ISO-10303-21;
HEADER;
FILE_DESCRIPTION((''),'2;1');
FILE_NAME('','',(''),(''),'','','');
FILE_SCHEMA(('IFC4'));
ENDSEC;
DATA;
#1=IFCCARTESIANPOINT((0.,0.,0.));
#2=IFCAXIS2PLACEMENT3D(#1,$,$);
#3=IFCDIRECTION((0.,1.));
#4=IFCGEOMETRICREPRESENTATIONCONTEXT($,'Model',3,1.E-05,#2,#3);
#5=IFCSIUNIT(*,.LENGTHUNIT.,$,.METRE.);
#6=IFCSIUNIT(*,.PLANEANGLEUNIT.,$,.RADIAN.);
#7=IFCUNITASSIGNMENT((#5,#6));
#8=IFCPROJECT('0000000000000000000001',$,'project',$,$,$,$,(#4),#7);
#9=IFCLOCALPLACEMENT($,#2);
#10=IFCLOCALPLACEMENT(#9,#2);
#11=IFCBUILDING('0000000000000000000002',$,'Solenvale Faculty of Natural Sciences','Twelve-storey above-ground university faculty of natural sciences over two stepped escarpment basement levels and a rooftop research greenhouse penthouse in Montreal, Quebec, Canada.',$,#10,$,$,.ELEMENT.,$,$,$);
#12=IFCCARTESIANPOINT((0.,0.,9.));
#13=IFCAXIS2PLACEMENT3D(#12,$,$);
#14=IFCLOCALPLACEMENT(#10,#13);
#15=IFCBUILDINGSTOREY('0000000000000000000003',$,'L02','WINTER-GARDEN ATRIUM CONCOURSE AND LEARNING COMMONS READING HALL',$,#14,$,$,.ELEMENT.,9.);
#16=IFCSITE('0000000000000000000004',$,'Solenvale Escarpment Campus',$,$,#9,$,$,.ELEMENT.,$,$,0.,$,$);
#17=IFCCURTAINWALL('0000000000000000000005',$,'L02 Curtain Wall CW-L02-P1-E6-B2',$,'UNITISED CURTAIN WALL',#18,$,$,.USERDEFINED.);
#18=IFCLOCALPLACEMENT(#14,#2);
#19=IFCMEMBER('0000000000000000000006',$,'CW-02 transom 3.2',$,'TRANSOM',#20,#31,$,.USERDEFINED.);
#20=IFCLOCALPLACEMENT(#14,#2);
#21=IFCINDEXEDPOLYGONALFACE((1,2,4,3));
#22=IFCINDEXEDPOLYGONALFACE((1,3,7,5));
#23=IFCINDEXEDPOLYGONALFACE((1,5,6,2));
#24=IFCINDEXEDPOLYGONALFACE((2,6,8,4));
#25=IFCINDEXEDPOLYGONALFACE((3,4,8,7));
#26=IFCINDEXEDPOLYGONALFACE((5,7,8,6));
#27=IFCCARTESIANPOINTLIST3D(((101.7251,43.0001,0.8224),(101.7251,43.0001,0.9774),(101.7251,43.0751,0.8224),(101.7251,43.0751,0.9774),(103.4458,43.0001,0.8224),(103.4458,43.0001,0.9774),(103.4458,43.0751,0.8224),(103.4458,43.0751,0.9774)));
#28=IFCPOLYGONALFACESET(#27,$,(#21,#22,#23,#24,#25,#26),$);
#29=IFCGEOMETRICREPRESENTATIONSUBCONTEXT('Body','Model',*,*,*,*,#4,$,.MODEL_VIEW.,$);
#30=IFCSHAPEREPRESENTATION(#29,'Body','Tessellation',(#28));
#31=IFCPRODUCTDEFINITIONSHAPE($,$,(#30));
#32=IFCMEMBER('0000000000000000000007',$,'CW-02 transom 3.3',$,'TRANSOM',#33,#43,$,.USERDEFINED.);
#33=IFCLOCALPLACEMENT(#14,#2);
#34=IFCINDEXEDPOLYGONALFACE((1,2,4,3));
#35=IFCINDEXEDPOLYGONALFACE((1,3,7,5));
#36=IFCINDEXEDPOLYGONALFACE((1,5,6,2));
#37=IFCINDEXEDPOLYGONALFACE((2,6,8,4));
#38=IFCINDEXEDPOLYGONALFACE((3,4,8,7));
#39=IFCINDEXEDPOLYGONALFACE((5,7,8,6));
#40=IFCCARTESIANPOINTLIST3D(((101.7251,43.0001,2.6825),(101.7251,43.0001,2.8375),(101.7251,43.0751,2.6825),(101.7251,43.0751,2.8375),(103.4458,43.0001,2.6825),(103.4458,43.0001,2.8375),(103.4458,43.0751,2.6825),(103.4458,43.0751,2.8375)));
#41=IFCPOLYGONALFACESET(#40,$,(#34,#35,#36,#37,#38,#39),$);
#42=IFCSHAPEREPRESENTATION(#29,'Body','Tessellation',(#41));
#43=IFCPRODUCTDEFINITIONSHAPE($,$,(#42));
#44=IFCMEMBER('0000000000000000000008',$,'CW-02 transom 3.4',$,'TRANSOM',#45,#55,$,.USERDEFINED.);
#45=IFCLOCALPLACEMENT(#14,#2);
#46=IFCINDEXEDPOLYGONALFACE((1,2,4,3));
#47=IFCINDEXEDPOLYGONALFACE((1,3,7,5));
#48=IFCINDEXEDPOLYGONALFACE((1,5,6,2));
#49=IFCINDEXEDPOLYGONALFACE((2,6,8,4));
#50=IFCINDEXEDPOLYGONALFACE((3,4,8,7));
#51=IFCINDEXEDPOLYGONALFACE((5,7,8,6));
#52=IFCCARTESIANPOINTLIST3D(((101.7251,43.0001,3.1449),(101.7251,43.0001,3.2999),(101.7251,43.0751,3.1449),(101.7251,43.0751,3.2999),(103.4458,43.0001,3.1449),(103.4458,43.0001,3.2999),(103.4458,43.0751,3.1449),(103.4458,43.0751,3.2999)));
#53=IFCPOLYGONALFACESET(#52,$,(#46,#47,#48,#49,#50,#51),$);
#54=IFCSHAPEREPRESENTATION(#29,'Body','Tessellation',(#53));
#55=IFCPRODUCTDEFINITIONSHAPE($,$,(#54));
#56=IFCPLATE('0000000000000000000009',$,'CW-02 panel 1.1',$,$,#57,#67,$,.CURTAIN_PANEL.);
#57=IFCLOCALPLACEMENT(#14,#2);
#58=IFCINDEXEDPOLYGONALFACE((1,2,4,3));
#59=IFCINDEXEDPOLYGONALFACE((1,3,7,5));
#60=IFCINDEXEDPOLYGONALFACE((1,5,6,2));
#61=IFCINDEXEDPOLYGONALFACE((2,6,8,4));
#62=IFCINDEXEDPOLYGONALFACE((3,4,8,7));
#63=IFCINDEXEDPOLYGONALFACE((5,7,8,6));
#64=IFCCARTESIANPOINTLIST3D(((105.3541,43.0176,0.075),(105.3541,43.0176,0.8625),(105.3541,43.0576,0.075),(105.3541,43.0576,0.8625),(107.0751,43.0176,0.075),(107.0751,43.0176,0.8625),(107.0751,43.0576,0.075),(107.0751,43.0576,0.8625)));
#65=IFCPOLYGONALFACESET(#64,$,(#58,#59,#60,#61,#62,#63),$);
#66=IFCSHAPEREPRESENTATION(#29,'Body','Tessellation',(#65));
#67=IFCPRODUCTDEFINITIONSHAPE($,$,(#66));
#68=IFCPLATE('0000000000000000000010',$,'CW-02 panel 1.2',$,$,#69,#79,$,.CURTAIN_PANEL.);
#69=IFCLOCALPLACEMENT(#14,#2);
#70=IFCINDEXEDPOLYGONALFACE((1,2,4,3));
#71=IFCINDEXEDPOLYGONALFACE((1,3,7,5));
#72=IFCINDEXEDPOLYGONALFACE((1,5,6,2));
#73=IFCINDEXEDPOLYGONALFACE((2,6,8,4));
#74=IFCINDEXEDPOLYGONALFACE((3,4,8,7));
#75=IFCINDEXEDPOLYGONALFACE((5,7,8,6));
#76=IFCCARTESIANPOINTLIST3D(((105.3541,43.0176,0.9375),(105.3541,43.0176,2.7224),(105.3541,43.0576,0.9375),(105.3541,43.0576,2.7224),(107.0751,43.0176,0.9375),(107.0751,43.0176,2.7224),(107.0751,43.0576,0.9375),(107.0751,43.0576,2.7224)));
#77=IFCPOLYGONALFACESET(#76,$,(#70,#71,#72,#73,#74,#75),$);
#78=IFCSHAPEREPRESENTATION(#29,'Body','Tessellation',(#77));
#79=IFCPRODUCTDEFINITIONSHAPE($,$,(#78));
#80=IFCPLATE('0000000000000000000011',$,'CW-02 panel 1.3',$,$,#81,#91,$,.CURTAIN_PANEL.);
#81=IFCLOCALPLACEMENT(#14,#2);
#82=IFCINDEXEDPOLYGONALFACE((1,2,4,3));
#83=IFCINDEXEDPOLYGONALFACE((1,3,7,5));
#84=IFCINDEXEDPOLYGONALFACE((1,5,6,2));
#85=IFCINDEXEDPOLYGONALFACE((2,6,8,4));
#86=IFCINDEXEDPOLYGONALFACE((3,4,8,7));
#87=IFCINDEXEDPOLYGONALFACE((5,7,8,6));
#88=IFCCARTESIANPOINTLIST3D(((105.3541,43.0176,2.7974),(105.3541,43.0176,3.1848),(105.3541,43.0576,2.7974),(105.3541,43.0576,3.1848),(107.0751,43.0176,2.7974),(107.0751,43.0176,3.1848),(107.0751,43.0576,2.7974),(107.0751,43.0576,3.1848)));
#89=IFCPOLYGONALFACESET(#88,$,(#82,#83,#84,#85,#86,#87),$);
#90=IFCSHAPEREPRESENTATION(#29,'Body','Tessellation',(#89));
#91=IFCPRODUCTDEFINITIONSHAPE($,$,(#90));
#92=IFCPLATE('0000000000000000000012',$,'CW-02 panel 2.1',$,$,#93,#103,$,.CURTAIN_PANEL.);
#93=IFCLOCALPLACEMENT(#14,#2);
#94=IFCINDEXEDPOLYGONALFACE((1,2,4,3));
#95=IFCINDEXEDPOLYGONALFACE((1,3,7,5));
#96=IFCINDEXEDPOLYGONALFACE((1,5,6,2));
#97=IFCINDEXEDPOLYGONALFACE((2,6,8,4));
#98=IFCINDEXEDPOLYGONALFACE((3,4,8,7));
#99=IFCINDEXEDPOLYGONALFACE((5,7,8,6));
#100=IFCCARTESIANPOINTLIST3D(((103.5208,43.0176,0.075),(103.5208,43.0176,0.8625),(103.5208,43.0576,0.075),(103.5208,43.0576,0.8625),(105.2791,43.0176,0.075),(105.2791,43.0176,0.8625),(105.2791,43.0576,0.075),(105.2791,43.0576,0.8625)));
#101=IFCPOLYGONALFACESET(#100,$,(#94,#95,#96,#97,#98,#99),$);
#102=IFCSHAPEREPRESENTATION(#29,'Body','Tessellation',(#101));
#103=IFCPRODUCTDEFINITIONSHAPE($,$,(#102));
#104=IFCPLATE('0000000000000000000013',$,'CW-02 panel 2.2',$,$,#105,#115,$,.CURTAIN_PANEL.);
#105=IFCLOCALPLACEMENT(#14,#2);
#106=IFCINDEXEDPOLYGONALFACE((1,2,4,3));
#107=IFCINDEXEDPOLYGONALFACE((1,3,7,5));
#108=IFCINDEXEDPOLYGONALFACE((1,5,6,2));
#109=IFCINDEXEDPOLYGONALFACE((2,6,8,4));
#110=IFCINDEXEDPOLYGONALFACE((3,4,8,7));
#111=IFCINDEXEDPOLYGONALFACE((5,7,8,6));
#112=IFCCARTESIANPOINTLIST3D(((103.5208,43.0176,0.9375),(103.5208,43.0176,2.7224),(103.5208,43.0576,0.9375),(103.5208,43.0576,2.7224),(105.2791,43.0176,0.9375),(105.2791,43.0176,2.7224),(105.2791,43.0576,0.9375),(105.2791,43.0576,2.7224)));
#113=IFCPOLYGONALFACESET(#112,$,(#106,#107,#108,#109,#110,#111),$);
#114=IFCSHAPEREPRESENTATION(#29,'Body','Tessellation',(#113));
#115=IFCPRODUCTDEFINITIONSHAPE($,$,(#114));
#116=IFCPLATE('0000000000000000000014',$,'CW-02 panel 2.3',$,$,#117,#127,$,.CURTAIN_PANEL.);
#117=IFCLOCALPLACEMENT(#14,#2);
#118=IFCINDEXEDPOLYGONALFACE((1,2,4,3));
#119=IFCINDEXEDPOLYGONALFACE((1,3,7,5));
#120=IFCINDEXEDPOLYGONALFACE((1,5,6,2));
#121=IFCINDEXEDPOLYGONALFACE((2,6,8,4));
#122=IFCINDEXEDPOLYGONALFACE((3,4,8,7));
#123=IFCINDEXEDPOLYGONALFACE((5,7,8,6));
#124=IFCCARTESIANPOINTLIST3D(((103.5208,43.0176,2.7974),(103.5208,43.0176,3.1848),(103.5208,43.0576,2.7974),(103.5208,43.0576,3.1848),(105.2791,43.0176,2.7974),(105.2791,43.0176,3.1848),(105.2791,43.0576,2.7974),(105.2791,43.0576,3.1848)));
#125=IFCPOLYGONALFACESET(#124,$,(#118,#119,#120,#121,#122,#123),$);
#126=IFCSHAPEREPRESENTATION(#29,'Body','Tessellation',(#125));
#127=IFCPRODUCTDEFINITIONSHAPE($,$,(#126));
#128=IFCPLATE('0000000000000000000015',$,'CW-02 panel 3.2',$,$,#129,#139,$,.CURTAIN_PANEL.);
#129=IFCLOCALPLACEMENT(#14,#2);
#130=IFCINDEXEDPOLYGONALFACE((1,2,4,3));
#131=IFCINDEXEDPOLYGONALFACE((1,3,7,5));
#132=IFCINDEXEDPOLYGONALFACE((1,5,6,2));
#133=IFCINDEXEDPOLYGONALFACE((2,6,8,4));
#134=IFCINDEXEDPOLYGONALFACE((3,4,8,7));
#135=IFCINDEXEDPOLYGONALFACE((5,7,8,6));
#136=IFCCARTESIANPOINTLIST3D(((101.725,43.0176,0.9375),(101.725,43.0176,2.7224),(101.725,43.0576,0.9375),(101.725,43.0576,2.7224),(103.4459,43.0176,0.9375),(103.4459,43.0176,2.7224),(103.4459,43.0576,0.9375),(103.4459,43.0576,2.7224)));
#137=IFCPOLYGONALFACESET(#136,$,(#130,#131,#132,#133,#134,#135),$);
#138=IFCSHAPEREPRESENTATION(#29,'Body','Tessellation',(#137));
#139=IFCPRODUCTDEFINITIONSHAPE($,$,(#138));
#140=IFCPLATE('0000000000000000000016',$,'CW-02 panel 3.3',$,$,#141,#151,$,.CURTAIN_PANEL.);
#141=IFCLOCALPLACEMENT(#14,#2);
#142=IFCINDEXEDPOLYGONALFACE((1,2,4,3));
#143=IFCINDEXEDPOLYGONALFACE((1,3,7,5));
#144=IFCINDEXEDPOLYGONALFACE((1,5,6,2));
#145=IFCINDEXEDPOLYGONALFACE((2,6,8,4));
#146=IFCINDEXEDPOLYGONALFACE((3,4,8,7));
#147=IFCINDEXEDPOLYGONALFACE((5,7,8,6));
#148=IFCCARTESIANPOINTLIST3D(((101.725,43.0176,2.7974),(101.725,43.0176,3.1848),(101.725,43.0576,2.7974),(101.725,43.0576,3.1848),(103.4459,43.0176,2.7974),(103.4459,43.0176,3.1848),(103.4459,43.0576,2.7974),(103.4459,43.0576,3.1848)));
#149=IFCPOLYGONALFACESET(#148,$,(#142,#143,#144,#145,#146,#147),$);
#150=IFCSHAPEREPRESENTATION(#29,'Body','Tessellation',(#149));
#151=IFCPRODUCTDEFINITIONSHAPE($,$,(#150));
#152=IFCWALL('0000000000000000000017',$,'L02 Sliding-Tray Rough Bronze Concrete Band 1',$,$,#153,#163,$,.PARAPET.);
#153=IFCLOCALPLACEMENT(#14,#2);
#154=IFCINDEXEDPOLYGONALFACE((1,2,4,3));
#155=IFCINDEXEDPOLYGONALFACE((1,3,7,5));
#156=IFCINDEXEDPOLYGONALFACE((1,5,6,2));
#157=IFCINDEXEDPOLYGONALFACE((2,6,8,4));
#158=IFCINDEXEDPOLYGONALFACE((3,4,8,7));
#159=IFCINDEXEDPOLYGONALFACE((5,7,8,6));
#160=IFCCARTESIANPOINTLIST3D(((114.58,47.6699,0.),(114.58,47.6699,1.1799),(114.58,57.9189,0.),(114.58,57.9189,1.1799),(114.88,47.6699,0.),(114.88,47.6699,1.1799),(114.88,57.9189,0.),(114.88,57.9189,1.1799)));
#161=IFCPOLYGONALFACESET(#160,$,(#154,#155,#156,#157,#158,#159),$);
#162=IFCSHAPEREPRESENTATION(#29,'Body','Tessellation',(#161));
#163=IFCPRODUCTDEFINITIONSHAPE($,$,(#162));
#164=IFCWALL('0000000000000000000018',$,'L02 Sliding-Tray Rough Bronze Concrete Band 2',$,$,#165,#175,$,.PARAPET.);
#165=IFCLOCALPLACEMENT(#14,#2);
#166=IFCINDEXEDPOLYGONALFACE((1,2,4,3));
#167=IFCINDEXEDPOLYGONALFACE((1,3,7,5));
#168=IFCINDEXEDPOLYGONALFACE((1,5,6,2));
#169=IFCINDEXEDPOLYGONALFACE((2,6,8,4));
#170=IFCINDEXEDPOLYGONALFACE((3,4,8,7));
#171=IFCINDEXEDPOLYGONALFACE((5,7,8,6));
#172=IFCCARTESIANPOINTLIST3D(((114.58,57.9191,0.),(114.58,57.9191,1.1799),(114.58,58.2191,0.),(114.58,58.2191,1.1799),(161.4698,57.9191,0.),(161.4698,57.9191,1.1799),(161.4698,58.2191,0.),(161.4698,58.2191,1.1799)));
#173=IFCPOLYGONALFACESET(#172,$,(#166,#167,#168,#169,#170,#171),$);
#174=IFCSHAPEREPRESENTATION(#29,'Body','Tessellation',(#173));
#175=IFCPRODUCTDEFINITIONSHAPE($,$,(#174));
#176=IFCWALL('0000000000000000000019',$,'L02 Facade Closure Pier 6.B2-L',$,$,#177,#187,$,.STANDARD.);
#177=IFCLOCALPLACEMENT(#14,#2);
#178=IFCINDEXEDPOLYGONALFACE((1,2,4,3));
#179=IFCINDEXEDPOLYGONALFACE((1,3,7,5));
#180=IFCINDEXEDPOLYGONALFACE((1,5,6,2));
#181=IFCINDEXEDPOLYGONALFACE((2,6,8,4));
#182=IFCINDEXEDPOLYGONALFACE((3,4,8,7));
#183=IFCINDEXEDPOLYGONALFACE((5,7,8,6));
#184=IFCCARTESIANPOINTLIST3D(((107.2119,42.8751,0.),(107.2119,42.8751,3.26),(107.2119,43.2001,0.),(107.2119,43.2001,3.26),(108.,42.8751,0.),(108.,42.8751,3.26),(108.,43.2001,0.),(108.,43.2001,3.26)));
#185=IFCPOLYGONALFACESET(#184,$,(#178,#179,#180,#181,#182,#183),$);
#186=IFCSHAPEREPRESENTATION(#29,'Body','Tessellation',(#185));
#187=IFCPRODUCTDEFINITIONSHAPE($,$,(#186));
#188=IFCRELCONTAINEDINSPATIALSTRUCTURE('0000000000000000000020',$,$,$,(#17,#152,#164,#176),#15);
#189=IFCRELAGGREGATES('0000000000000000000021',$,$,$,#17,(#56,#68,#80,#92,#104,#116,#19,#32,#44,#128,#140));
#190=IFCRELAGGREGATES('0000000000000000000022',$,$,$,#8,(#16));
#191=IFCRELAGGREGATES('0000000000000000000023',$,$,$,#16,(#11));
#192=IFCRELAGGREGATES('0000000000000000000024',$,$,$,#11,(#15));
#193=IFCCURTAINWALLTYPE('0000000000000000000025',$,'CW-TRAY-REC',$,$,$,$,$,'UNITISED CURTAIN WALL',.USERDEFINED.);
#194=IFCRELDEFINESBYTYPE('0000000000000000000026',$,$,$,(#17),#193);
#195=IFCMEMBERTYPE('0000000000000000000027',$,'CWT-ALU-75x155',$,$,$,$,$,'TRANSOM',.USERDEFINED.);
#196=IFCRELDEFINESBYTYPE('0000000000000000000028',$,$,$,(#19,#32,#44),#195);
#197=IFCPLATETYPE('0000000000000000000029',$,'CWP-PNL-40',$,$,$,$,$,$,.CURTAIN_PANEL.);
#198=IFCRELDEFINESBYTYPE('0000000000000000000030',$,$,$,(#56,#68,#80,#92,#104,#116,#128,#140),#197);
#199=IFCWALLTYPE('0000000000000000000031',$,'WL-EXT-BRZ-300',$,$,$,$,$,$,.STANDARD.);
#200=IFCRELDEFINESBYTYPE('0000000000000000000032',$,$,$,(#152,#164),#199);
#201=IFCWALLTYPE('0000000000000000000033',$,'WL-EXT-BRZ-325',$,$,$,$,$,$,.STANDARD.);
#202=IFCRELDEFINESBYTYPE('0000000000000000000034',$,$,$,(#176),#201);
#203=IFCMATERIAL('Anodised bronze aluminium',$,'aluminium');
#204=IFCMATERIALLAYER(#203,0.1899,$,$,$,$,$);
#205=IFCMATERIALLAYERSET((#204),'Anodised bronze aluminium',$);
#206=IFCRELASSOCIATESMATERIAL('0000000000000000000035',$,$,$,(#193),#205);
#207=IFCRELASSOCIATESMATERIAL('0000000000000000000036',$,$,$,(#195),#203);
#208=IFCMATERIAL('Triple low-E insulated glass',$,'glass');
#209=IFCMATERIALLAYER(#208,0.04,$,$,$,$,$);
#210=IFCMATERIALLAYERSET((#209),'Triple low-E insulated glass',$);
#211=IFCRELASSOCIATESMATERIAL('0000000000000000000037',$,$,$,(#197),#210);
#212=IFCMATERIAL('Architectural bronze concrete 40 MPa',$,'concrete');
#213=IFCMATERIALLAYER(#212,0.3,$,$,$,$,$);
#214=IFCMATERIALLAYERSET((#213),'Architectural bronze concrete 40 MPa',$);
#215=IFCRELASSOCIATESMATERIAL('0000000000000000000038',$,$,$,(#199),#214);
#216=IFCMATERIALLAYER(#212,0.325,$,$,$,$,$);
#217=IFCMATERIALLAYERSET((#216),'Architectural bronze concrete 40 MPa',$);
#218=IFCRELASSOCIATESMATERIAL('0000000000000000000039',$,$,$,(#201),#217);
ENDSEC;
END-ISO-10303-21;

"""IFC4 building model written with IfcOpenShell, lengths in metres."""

from ifc_helpers import new_model, si_unit, direction, frame, frame_2d, origin, origin_2d, place, context, subcontext, project, spatial, rectangle, extrude, material, layer, layer_set, material_profile, profile_set, type_object, element, aggregate, save


model = new_model("IFC4")

# Units and contexts
model_context = context("Model", 3, precision=1e-05, world=origin(), true_north=direction((0.0, 1.0)))
body_context = subcontext(model_context, "Body", "Model", "MODEL_VIEW")
ifc_project = project(units=[si_unit("LENGTHUNIT", "METRE"), si_unit("PLANEANGLEUNIT", "RADIAN")], contexts=[model_context])

# Site, building, storey
site_placement = place(None, origin())
site = spatial("IfcSite", under=ifc_project, at=site_placement, Name="Solenvale Escarpment Campus", CompositionType="ELEMENT", RefElevation=0.0)
building_placement = place(site_placement, origin())
building = spatial("IfcBuilding", under=site, at=building_placement, Name="Solenvale Faculty of Natural Sciences", Description="Twelve-storey above-ground university faculty of natural sciences over two stepped escarpment basement levels and a rooftop research greenhouse penthouse in Montreal, Quebec, Canada.", CompositionType="ELEMENT")
storey_placement = place(building_placement, frame((0.0, 0.0, 9.0)))
storey = spatial("IfcBuildingStorey", under=building, at=storey_placement, Name="L02", Description="WINTER-GARDEN ATRIUM CONCOURSE AND LEARNING COMMONS READING HALL", CompositionType="ELEMENT", Elevation=9.0)

# Curtain wall, members, plates
ifc_material_1 = material(Name="Anodised bronze aluminium", Category="aluminium")
ifc_layer_1 = layer(ifc_material_1, 0.1899)
ifc_layer_set_1 = layer_set([ifc_layer_1], Name="Anodised bronze aluminium")
curtain_wall_type = type_object("IfcCurtainWallType", Name="CW-TRAY-REC", ElementType="UNITISED CURTAIN WALL", PredefinedType="USERDEFINED", material=ifc_layer_set_1)
curtain_wall_placement = place(storey_placement, origin())
curtain_wall = element("IfcCurtainWall", 1, at=curtain_wall_placement, inside=storey, type_object=curtain_wall_type, Name="L02 Curtain Wall CW-L02-P1-E6-B2", ObjectType="UNITISED CURTAIN WALL", PredefinedType="USERDEFINED")
ifc_material_profile_1 = material_profile(ifc_material_1, rectangle(XDim=0.075, YDim=0.155, at=origin_2d()), Name="ALU-TRN-75x155")
ifc_profile_set_1 = profile_set([ifc_material_profile_1], Name="Anodised bronze aluminium")
member_type_1 = type_object("IfcMemberType", Name="CWT-ALU-75x155", ElementType="TRANSOM", PredefinedType="USERDEFINED", material=ifc_profile_set_1)
member_1_placement = place(storey_placement, frame((103.4458, 43.0376, 0.8999), z_axis=(-1.0, 0.0, 0.0), x_axis=(0.0, -1.0, 0.0)))
member_1 = element("IfcMember", 2, at=member_1_placement, type_object=member_type_1, Name="CW-02 transom 3.2", ObjectType="TRANSOM", PredefinedType="USERDEFINED", context=body_context, shape_type="SweptSolid", body=[
    extrude(rectangle(XDim=0.075, YDim=0.155, at=origin_2d()), origin(), (0.0, 0.0, 1.0), 1.7207),
])
member_2_placement = place(storey_placement, frame((103.4458, 43.0376, 2.76), z_axis=(-1.0, 0.0, 0.0), x_axis=(0.0, -1.0, 0.0)))
member_2 = element("IfcMember", 3, at=member_2_placement, type_object=member_type_1, Name="CW-02 transom 3.3", ObjectType="TRANSOM", PredefinedType="USERDEFINED", context=body_context, shape_type="SweptSolid", body=[
    extrude(rectangle(XDim=0.075, YDim=0.155, at=origin_2d()), origin(), (0.0, 0.0, 1.0), 1.7207),
])
member_3_placement = place(storey_placement, frame((103.4458, 43.0376, 3.2224), z_axis=(-1.0, 0.0, 0.0), x_axis=(0.0, -1.0, 0.0)))
member_3 = element("IfcMember", 4, at=member_3_placement, type_object=member_type_1, Name="CW-02 transom 3.4", ObjectType="TRANSOM", PredefinedType="USERDEFINED", context=body_context, shape_type="SweptSolid", body=[
    extrude(rectangle(XDim=0.075, YDim=0.155, at=origin_2d()), origin(), (0.0, 0.0, 1.0), 1.7207),
])
ifc_material_2 = material(Name="Triple low-E insulated glass", Category="glass")
ifc_layer_2 = layer(ifc_material_2, 0.04)
ifc_layer_set_2 = layer_set([ifc_layer_2], Name="Triple low-E insulated glass")
plate_type = type_object("IfcPlateType", Name="CWP-PNL-40", PredefinedType="CURTAIN_PANEL", material=ifc_layer_set_2)
plate_1_placement = place(storey_placement, frame((106.2146, 43.0376, 0.075), z_axis=(0.0, 0.0, 1.0), x_axis=(-1.0, 0.0, 0.0)))
plate_1 = element("IfcPlate", 5, at=plate_1_placement, type_object=plate_type, Name="CW-02 panel 1.1", PredefinedType="CURTAIN_PANEL", context=body_context, shape_type="SweptSolid", body=[
    extrude(rectangle(XDim=1.7209, YDim=0.04, at=origin_2d()), origin(), (0.0, 0.0, 1.0), 0.7876),
])
plate_2_placement = place(storey_placement, frame((106.2146, 43.0376, 0.9375), z_axis=(0.0, 0.0, 1.0), x_axis=(-1.0, 0.0, 0.0)))
plate_2 = element("IfcPlate", 6, at=plate_2_placement, type_object=plate_type, Name="CW-02 panel 1.2", PredefinedType="CURTAIN_PANEL", context=body_context, shape_type="SweptSolid", body=[
    extrude(rectangle(XDim=1.7209, YDim=0.04, at=origin_2d()), origin(), (0.0, 0.0, 1.0), 1.7849),
])
plate_3_placement = place(storey_placement, frame((106.2146, 43.0376, 2.7974), z_axis=(0.0, 0.0, 1.0), x_axis=(-1.0, 0.0, 0.0)))
plate_3 = element("IfcPlate", 7, at=plate_3_placement, type_object=plate_type, Name="CW-02 panel 1.3", PredefinedType="CURTAIN_PANEL", context=body_context, shape_type="SweptSolid", body=[
    extrude(rectangle(XDim=1.7209, YDim=0.04, at=origin_2d()), origin(), (0.0, 0.0, 1.0), 0.3875),
])
plate_4_placement = place(storey_placement, frame((104.3999, 43.0376, 0.075), z_axis=(0.0, 0.0, 1.0), x_axis=(-1.0, 0.0, 0.0)))
plate_4 = element("IfcPlate", 8, at=plate_4_placement, type_object=plate_type, Name="CW-02 panel 2.1", PredefinedType="CURTAIN_PANEL", context=body_context, shape_type="SweptSolid", body=[
    extrude(rectangle(XDim=1.7583, YDim=0.04, at=origin_2d()), origin(), (0.0, 0.0, 1.0), 0.7876),
])
plate_5_placement = place(storey_placement, frame((104.3999, 43.0376, 0.9375), z_axis=(0.0, 0.0, 1.0), x_axis=(-1.0, 0.0, 0.0)))
plate_5 = element("IfcPlate", 9, at=plate_5_placement, type_object=plate_type, Name="CW-02 panel 2.2", PredefinedType="CURTAIN_PANEL", context=body_context, shape_type="SweptSolid", body=[
    extrude(rectangle(XDim=1.7583, YDim=0.04, at=origin_2d()), origin(), (0.0, 0.0, 1.0), 1.7849),
])
plate_6_placement = place(storey_placement, frame((104.3999, 43.0376, 2.7974), z_axis=(0.0, 0.0, 1.0), x_axis=(-1.0, 0.0, 0.0)))
plate_6 = element("IfcPlate", 10, at=plate_6_placement, type_object=plate_type, Name="CW-02 panel 2.3", PredefinedType="CURTAIN_PANEL", context=body_context, shape_type="SweptSolid", body=[
    extrude(rectangle(XDim=1.7583, YDim=0.04, at=origin_2d()), origin(), (0.0, 0.0, 1.0), 0.3875),
])
plate_7_placement = place(storey_placement, frame((102.5854, 43.0376, 0.9375), z_axis=(0.0, 0.0, 1.0), x_axis=(-1.0, 0.0, 0.0)))
plate_7 = element("IfcPlate", 11, at=plate_7_placement, type_object=plate_type, Name="CW-02 panel 3.2", PredefinedType="CURTAIN_PANEL", context=body_context, shape_type="SweptSolid", body=[
    extrude(rectangle(XDim=1.7209, YDim=0.04, at=origin_2d()), origin(), (0.0, 0.0, 1.0), 1.7849),
])
plate_8_placement = place(storey_placement, frame((102.5854, 43.0376, 2.7974), z_axis=(0.0, 0.0, 1.0), x_axis=(-1.0, 0.0, 0.0)))
plate_8 = element("IfcPlate", 12, at=plate_8_placement, type_object=plate_type, Name="CW-02 panel 3.3", PredefinedType="CURTAIN_PANEL", context=body_context, shape_type="SweptSolid", body=[
    extrude(rectangle(XDim=1.7209, YDim=0.04, at=origin_2d()), origin(), (0.0, 0.0, 1.0), 0.3875),
])
aggregate(curtain_wall, [plate_1, plate_2, plate_3, plate_4, plate_5, plate_6, member_1, member_2, member_3, plate_7, plate_8])

# Walls
ifc_material_3 = material(Name="Architectural bronze concrete 40 MPa", Category="concrete")
ifc_layer_3 = layer(ifc_material_3, 0.3)
ifc_layer_set_3 = layer_set([ifc_layer_3], Name="Architectural bronze concrete 40 MPa")
wall_type_1 = type_object("IfcWallType", Name="WL-EXT-BRZ-300", PredefinedType="STANDARD", material=ifc_layer_set_3)
wall_1_placement = place(storey_placement, frame((114.73, 47.6699, 0.0), z_axis=(0.0, 0.0, 1.0), x_axis=(0.0, 1.0, 0.0)))
element("IfcWall", 13, at=wall_1_placement, inside=storey, type_object=wall_type_1, Name="L02 Sliding-Tray Rough Bronze Concrete Band 1", PredefinedType="PARAPET", context=body_context, shape_type="SweptSolid", body=[
    extrude(rectangle(XDim=10.249, YDim=0.3, at=frame_2d((5.1245, 0.0))), origin(), (0.0, 0.0, 1.0), 1.1799),
])
wall_2_placement = place(storey_placement, frame((114.5801, 58.0691, 0.0), z_axis=(0.0, 0.0, 1.0), x_axis=(1.0, 0.0, 0.0)))
element("IfcWall", 14, at=wall_2_placement, inside=storey, type_object=wall_type_1, Name="L02 Sliding-Tray Rough Bronze Concrete Band 2", PredefinedType="PARAPET", context=body_context, shape_type="SweptSolid", body=[
    extrude(rectangle(XDim=46.8899, YDim=0.3, at=frame_2d((23.4448, 0.0))), origin(), (0.0, 0.0, 1.0), 1.1799),
])
ifc_layer_4 = layer(ifc_material_3, 0.325)
ifc_layer_set_4 = layer_set([ifc_layer_4], Name="Architectural bronze concrete 40 MPa")
wall_type_2 = type_object("IfcWallType", Name="WL-EXT-BRZ-325", PredefinedType="STANDARD", material=ifc_layer_set_4)
wall_3_placement = place(storey_placement, frame((108.0, 43.0376, 0.0), z_axis=(0.0, 0.0, 1.0), x_axis=(-1.0, 0.0, 0.0)))
element("IfcWall", 15, at=wall_3_placement, inside=storey, type_object=wall_type_2, Name="L02 Facade Closure Pier 6.B2-L", PredefinedType="STANDARD", context=body_context, shape_type="SweptSolid", body=[
    extrude(rectangle(XDim=0.7881, YDim=0.325, at=frame_2d((0.394, 0.0))), origin(), (0.0, 0.0, 1.0), 3.26),
])

save(model, "model.ifc")
